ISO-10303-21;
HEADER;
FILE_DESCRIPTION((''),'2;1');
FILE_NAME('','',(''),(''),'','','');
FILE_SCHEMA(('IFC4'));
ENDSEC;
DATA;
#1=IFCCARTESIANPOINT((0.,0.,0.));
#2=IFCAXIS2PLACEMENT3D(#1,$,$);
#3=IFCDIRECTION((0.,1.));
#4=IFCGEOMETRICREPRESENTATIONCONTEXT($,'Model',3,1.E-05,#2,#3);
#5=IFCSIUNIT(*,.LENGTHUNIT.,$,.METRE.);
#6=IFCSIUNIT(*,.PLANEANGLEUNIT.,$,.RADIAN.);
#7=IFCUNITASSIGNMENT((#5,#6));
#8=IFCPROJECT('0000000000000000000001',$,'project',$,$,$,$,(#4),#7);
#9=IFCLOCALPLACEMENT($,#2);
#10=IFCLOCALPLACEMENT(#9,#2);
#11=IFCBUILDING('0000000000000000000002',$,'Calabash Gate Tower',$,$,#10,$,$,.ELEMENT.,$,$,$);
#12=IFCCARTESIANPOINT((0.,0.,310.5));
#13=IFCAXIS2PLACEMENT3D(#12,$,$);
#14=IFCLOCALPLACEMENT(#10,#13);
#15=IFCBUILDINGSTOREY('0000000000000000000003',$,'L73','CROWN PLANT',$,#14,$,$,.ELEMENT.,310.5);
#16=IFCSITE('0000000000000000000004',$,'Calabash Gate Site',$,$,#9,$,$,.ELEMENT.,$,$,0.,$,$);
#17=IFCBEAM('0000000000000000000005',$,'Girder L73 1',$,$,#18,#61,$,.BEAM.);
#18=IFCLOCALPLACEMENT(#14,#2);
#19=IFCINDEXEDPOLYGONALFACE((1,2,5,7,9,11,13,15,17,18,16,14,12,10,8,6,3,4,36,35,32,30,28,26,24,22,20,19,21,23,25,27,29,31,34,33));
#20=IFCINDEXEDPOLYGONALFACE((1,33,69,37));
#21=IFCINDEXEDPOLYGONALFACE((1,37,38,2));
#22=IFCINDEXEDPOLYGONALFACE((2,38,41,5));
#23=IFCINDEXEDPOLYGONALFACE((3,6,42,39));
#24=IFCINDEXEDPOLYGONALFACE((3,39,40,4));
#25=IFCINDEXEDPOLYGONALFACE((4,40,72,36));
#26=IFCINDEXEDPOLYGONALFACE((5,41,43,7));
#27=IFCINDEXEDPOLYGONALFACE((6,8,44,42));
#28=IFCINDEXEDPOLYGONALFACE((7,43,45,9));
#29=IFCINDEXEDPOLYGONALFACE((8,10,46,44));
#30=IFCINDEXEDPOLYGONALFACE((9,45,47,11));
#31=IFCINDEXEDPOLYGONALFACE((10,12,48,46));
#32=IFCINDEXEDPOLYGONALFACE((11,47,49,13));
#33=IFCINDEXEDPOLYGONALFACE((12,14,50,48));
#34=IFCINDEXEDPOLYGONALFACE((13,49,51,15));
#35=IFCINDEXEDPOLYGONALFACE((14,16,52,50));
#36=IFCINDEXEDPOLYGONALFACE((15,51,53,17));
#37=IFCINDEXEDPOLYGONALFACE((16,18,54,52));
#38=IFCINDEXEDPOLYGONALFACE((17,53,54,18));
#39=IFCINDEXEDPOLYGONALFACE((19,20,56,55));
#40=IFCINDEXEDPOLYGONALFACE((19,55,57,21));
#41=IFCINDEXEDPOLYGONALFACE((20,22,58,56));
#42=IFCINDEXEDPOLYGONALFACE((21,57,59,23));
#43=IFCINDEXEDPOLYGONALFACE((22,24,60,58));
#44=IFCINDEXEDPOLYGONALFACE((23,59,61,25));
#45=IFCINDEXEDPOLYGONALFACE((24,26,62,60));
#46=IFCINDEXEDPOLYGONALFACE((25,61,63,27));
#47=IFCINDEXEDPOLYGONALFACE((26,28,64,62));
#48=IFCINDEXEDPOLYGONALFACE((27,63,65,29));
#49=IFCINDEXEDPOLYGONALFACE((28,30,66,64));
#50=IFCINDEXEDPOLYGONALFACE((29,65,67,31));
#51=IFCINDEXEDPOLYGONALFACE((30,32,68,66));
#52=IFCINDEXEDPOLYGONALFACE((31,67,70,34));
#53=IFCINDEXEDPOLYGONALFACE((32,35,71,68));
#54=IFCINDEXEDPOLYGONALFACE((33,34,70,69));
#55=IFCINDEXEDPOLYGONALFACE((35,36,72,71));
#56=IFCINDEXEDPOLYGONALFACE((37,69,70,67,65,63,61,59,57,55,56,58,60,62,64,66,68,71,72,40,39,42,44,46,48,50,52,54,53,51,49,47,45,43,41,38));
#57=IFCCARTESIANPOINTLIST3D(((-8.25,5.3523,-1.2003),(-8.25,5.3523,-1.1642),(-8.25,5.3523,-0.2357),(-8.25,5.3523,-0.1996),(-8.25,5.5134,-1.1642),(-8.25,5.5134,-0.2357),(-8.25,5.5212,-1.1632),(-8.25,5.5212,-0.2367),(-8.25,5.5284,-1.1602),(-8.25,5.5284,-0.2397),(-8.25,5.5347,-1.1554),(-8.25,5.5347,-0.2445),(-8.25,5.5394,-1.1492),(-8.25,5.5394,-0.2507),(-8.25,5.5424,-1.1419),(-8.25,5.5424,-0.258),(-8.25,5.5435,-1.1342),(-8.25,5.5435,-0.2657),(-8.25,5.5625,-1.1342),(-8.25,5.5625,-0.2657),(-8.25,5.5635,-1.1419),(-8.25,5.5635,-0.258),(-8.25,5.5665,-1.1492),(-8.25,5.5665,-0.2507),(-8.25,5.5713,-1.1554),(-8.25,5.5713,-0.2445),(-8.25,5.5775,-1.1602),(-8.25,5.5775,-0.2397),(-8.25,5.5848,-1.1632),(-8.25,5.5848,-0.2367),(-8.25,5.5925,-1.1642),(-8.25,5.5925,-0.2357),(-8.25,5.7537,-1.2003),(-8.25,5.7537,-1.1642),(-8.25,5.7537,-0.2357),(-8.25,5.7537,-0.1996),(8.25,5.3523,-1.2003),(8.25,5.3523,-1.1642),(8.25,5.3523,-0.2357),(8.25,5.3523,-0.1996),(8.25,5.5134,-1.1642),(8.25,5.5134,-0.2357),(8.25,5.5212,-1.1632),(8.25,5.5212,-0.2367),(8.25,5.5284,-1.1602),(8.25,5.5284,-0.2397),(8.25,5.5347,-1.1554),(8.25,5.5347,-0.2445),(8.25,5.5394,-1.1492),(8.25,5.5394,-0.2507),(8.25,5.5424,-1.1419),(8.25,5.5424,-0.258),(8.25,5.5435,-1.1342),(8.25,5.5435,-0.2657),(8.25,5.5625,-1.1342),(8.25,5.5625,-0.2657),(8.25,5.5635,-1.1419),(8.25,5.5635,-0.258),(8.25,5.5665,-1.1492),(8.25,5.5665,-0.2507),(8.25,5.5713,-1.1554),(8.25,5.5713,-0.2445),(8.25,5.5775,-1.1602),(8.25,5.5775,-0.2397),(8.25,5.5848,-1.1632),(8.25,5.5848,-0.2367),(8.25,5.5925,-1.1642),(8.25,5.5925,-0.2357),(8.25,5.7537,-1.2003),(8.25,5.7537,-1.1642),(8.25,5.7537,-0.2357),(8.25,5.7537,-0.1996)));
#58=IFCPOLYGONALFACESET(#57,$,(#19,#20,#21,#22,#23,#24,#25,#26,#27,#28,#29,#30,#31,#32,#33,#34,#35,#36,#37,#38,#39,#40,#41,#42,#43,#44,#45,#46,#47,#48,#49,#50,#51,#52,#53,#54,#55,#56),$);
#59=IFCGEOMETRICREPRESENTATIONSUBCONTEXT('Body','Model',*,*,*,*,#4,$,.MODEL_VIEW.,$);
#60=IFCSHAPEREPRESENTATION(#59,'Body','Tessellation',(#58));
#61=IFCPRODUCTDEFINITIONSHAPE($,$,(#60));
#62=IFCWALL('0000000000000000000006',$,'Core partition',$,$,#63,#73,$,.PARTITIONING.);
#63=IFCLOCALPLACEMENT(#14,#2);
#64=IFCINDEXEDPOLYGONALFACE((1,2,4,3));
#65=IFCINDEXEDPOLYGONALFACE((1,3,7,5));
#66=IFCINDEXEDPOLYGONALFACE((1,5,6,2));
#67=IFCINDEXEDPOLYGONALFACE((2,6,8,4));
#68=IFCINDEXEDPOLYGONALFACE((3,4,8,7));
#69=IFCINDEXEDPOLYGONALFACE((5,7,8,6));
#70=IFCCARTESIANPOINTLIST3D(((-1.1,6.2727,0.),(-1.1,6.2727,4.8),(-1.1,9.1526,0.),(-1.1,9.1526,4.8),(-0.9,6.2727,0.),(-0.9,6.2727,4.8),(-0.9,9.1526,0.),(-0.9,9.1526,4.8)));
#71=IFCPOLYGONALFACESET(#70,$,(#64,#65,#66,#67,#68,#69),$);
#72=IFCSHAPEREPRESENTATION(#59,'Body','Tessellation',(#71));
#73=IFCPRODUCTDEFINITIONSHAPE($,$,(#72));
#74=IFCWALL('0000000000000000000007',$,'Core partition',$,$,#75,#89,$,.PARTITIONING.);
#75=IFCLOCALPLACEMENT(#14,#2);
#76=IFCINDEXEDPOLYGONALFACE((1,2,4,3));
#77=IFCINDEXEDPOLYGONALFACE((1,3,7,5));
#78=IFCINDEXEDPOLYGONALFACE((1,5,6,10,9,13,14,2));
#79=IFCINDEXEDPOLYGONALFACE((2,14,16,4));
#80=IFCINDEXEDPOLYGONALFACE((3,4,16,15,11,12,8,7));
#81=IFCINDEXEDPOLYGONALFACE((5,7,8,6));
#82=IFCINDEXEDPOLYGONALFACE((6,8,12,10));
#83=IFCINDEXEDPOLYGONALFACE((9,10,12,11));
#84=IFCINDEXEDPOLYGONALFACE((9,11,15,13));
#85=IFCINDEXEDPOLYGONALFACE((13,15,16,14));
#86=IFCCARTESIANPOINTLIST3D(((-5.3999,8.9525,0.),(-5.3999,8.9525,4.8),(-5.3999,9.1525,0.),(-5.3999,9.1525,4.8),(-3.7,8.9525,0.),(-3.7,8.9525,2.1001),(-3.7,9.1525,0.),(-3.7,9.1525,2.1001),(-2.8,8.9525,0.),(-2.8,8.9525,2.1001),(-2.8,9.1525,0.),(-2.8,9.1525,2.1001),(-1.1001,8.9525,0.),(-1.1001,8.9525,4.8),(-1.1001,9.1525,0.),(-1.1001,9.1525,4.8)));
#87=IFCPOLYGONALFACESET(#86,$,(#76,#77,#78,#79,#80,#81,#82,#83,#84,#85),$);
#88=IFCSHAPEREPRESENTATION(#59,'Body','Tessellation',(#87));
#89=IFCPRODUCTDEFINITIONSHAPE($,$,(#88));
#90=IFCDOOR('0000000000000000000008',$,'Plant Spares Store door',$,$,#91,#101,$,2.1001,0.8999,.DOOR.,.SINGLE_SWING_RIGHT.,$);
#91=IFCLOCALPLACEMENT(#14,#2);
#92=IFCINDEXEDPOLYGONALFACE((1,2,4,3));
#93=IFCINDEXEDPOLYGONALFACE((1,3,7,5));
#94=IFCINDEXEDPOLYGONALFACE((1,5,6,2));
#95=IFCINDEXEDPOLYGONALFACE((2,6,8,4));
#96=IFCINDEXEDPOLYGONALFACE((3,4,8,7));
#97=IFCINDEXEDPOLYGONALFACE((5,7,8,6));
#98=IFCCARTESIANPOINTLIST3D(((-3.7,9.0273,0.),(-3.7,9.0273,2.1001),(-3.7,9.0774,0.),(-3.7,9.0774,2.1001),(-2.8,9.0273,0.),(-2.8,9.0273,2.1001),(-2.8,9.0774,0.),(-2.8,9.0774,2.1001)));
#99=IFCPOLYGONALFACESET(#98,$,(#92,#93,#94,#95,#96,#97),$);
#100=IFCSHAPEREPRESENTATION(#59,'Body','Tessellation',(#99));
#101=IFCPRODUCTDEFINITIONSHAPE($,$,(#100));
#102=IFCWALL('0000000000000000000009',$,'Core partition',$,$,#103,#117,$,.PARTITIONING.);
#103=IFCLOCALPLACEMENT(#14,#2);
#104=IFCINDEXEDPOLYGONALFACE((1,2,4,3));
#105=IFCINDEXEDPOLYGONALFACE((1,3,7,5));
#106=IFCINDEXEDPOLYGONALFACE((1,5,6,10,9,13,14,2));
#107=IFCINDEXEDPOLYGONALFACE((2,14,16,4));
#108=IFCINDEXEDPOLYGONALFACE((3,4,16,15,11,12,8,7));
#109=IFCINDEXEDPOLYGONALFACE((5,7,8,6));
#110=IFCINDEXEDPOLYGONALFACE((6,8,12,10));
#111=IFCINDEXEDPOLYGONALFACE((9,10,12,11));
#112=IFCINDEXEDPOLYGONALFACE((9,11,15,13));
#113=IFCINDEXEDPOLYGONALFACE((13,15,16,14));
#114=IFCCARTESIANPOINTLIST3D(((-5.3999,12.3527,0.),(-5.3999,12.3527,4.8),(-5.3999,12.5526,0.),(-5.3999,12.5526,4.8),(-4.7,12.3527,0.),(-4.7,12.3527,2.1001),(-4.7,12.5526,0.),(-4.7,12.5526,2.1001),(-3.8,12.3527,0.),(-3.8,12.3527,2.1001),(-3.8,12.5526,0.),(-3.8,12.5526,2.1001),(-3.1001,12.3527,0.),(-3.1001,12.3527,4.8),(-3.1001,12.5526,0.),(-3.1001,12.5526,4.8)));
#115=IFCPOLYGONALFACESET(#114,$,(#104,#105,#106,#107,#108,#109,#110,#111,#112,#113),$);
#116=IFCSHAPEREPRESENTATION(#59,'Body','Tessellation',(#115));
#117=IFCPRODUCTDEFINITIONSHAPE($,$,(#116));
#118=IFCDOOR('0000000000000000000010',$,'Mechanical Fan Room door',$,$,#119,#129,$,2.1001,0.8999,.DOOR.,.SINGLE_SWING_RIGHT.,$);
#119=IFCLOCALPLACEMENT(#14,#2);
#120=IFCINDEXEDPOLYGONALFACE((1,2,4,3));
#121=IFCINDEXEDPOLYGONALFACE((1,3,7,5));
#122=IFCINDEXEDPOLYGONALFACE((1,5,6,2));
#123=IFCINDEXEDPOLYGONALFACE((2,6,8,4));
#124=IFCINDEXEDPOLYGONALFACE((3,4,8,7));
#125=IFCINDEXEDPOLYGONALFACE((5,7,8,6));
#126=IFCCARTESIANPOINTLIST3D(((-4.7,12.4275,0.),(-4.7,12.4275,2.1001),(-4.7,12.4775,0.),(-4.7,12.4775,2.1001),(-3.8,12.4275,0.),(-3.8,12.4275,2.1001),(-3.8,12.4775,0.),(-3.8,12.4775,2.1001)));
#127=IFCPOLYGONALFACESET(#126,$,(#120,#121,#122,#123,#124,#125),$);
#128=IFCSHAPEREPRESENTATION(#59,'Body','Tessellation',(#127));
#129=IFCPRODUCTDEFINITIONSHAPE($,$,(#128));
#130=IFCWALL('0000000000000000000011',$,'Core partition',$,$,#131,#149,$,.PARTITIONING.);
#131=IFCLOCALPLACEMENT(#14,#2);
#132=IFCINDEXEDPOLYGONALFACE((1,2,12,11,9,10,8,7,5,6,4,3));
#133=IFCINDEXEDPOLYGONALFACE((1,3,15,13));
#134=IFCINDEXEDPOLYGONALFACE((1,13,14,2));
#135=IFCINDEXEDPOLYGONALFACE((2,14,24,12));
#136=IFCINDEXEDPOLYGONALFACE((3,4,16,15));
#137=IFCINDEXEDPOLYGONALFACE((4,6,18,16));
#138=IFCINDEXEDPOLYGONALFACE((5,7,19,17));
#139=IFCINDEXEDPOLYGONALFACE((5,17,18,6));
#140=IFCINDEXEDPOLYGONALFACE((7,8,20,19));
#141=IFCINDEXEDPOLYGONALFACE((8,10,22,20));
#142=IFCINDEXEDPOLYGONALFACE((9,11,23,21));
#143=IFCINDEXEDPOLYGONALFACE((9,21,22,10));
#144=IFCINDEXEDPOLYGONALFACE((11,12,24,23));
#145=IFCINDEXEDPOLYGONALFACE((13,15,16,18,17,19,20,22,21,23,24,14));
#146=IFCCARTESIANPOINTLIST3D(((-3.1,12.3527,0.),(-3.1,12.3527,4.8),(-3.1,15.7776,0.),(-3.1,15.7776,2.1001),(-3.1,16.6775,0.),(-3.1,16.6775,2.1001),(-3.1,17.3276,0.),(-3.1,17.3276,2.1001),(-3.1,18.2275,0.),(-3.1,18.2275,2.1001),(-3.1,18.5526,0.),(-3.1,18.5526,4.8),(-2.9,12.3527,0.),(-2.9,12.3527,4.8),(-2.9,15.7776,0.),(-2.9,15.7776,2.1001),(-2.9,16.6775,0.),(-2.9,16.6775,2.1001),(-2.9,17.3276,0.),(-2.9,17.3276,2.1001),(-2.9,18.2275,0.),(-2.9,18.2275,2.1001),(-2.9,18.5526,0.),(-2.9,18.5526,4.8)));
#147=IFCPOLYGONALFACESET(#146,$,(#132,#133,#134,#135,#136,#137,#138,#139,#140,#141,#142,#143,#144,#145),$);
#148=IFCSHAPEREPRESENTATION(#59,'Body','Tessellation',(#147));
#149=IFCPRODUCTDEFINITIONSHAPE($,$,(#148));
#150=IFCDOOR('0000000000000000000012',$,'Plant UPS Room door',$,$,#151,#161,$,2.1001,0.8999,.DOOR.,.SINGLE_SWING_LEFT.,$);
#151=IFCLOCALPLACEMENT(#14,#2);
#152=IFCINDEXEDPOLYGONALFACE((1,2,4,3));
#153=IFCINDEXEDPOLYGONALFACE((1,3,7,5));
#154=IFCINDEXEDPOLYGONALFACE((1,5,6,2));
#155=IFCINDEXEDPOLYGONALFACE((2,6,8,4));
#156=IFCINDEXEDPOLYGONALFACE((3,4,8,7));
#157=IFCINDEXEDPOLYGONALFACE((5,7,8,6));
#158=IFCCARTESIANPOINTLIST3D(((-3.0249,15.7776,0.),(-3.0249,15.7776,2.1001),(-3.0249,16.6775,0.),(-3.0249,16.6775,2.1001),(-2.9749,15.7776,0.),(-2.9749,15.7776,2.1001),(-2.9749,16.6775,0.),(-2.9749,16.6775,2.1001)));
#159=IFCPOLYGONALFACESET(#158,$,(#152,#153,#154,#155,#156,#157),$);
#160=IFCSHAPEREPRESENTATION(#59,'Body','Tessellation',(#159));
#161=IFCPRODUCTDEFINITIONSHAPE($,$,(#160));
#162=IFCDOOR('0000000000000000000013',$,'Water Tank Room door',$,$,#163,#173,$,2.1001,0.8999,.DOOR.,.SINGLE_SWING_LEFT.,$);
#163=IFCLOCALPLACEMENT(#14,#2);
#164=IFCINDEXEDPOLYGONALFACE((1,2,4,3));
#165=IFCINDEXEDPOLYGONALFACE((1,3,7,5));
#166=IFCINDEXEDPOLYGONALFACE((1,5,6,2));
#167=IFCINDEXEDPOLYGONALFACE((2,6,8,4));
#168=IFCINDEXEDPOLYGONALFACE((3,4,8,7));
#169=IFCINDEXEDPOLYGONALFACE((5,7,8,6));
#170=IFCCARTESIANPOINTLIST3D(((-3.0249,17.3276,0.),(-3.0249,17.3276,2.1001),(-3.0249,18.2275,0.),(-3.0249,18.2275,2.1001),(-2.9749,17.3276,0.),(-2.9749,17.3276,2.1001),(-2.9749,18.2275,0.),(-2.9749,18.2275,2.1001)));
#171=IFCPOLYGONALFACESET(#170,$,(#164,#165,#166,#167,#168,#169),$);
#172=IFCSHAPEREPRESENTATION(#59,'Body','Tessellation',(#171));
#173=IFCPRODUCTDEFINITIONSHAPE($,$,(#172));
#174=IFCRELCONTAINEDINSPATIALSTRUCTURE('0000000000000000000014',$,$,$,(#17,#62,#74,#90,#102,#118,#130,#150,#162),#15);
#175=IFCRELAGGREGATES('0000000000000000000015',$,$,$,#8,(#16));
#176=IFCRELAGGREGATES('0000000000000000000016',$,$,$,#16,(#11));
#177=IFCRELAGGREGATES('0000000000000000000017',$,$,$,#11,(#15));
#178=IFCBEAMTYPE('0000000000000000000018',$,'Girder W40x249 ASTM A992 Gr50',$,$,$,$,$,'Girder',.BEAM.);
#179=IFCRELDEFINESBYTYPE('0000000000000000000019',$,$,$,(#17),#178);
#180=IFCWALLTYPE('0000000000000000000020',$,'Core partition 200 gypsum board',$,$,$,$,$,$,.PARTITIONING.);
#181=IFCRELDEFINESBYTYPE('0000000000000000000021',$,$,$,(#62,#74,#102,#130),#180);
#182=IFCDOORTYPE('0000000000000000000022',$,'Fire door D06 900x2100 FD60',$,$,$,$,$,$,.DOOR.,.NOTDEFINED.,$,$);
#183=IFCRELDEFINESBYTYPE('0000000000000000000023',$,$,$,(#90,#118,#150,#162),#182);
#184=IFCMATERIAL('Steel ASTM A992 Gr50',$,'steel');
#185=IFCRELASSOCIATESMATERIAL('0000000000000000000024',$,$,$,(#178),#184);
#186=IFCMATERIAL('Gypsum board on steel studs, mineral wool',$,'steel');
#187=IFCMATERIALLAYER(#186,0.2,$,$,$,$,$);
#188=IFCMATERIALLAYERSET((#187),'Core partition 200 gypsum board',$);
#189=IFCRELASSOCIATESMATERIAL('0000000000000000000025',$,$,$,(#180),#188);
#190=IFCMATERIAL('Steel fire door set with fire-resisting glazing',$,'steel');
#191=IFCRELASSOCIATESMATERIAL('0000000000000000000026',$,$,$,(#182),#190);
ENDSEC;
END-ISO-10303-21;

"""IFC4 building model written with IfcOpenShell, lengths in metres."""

from ifc_helpers import new_model, si_unit, direction, frame, frame_2d, origin, origin_2d, place, context, subcontext, project, spatial, rectangle, i_section, extrude, material, layer, layer_set, material_profile, profile_set, type_object, element, fill, save


model = new_model("IFC4")

# Units and contexts
model_context = context("Model", 3, precision=1e-05, world=origin(), true_north=direction((0.0, 1.0)))
body_context = subcontext(model_context, "Body", "Model", "MODEL_VIEW")
ifc_project = project(units=[si_unit("LENGTHUNIT", "METRE"), si_unit("PLANEANGLEUNIT", "RADIAN")], contexts=[model_context])

# Site, building, storey
site_placement = place(None, origin())
site = spatial("IfcSite", under=ifc_project, at=site_placement, Name="Calabash Gate Site", CompositionType="ELEMENT", RefElevation=0.0)
building_placement = place(site_placement, origin())
building = spatial("IfcBuilding", under=site, at=building_placement, Name="Calabash Gate Tower", CompositionType="ELEMENT")
storey_placement = place(building_placement, frame((0.0, 0.0, 310.5)))
storey = spatial("IfcBuildingStorey", under=building, at=storey_placement, Name="L73", Description="CROWN PLANT", CompositionType="ELEMENT", Elevation=310.5)

# Beam
ifc_material_1 = material(Name="Steel ASTM A992 Gr50", Category="steel")
ifc_material_profile = material_profile(ifc_material_1, i_section(OverallWidth=0.4014, OverallDepth=1.0007, WebThickness=0.019, FlangeThickness=0.0361, FilletRadius=0.03, at=origin_2d()))
ifc_profile_set = profile_set([ifc_material_profile], Name="Steel ASTM A992 Gr50")
beam_type = type_object("IfcBeamType", Name="Girder W40x249 ASTM A992 Gr50", ElementType="Girder", PredefinedType="BEAM", material=ifc_profile_set)
beam_placement = place(storey_placement, frame((-8.25, 5.553, -0.7), z_axis=(1.0, 0.0, 0.0), x_axis=(0.0, 1.0, 0.0)))
element("IfcBeam", 1, at=beam_placement, inside=storey, type_object=beam_type, Name="Girder L73 1", PredefinedType="BEAM", context=body_context, shape_type="SweptSolid", body=[
    extrude(i_section(OverallWidth=0.4014, OverallDepth=1.0007, WebThickness=0.019, FlangeThickness=0.0361, FilletRadius=0.03, at=origin_2d()), origin(), (0.0, 0.0, 1.0), 16.5),
])

# Wall
ifc_material_2 = material(Name="Gypsum board on steel studs, mineral wool", Category="steel")
ifc_layer_1 = layer(ifc_material_2, 0.2)
ifc_layer_set_1 = layer_set([ifc_layer_1], Name="Core partition 200 gypsum board")
wall_type_1 = type_object("IfcWallType", Name="Core partition 200 gypsum board", PredefinedType="PARTITIONING", material=ifc_layer_set_1)
wall_1_placement = place(storey_placement, frame((-1.0, 6.2727, 0.0), z_axis=(0.0, 0.0, 1.0), x_axis=(0.0, 1.0, 0.0)))
element("IfcWall", 2, at=wall_1_placement, inside=storey, type_object=wall_type_1, Name="Core partition", PredefinedType="PARTITIONING", context=body_context, shape_type="SweptSolid", body=[
    extrude(rectangle(XDim=2.8799, YDim=0.2, at=frame_2d((1.4399, 0.0))), origin(), (0.0, 0.0, 1.0), 4.8),
])

# Walls, openings, doors
wall_2_placement = place(storey_placement, frame((-5.3999, 9.0525, 0.0), z_axis=(0.0, 0.0, 1.0), x_axis=(1.0, 0.0, 0.0)))
wall_2 = element("IfcWall", 3, at=wall_2_placement, inside=storey, type_object=wall_type_1, Name="Core partition", PredefinedType="PARTITIONING", context=body_context, shape_type="SweptSolid", body=[
    extrude(rectangle(XDim=4.2998, YDim=0.2, at=frame_2d((2.1499, 0.0))), origin(), (0.0, 0.0, 1.0), 4.8),
])
opening_1_placement = place(wall_2_placement, frame((1.7, 0.0, 0.0)))
opening_1 = element("IfcOpeningElement", 4, at=opening_1_placement, cuts=wall_2, PredefinedType="OPENING", context=body_context, shape_type="SweptSolid", body=[
    extrude(rectangle(XDim=0.8999, YDim=2.1001, at=frame_2d((0.45, 1.05))), frame((0.0, 0.1099, 0.0), z_axis=(0.0, -1.0, 0.0), x_axis=(1.0, 0.0, 0.0)), (0.0, 0.0, 1.0), 0.22),
])
ifc_material_3 = material(Name="Steel fire door set with fire-resisting glazing", Category="steel")
door_type_1 = type_object("IfcDoorType", Name="Fire door D06 900x2100 FD60", OperationType="NOTDEFINED", PredefinedType="DOOR", material=ifc_material_3)
door_1_placement = place(opening_1_placement, origin())
door_1 = element("IfcDoor", 5, at=door_1_placement, inside=storey, type_object=door_type_1, Name="Plant Spares Store door", OperationType="SINGLE_SWING_RIGHT", OverallHeight=2.1001, OverallWidth=0.8999, PredefinedType="DOOR", context=body_context, shape_type="SweptSolid", body=[
    extrude(rectangle(XDim=0.8999, YDim=2.1001, at=frame_2d((0.45, 1.05))), frame((0.0, 0.0249, 0.0), z_axis=(0.0, -1.0, 0.0), x_axis=(1.0, 0.0, 0.0)), (0.0, 0.0, 1.0), 0.05),
])
fill(opening_1, door_1)
wall_3_placement = place(storey_placement, frame((-5.3999, 12.4526, 0.0), z_axis=(0.0, 0.0, 1.0), x_axis=(1.0, 0.0, 0.0)))
wall_3 = element("IfcWall", 6, at=wall_3_placement, inside=storey, type_object=wall_type_1, Name="Core partition", PredefinedType="PARTITIONING", context=body_context, shape_type="SweptSolid", body=[
    extrude(rectangle(XDim=2.2998, YDim=0.2, at=frame_2d((1.1499, 0.0))), origin(), (0.0, 0.0, 1.0), 4.8),
])
opening_2_placement = place(wall_3_placement, frame((0.7, 0.0, 0.0)))
opening_2 = element("IfcOpeningElement", 7, at=opening_2_placement, cuts=wall_3, PredefinedType="OPENING", context=body_context, shape_type="SweptSolid", body=[
    extrude(rectangle(XDim=0.8999, YDim=2.1001, at=frame_2d((0.45, 1.05))), frame((0.0, 0.1099, 0.0), z_axis=(0.0, -1.0, 0.0), x_axis=(1.0, 0.0, 0.0)), (0.0, 0.0, 1.0), 0.22),
])
door_2_placement = place(opening_2_placement, origin())
door_2 = element("IfcDoor", 8, at=door_2_placement, inside=storey, type_object=door_type_1, Name="Mechanical Fan Room door", OperationType="SINGLE_SWING_RIGHT", OverallHeight=2.1001, OverallWidth=0.8999, PredefinedType="DOOR", context=body_context, shape_type="SweptSolid", body=[
    extrude(rectangle(XDim=0.8999, YDim=2.1001, at=frame_2d((0.45, 1.05))), frame((0.0, 0.0249, 0.0), z_axis=(0.0, -1.0, 0.0), x_axis=(1.0, 0.0, 0.0)), (0.0, 0.0, 1.0), 0.05),
])
fill(opening_2, door_2)

# Wall, openings, doors
wall_4_placement = place(storey_placement, frame((-3.0, 12.3525, 0.0), z_axis=(0.0, 0.0, 1.0), x_axis=(0.0, 1.0, 0.0)))
wall_4 = element("IfcWall", 9, at=wall_4_placement, inside=storey, type_object=wall_type_1, Name="Core partition", PredefinedType="PARTITIONING", context=body_context, shape_type="SweptSolid", body=[
    extrude(rectangle(XDim=6.2, YDim=0.2, at=frame_2d((3.1001, 0.0))), origin(), (0.0, 0.0, 1.0), 4.8),
])
opening_3_placement = place(wall_4_placement, frame((3.425, 0.0, 0.0)))
opening_3 = element("IfcOpeningElement", 10, at=opening_3_placement, cuts=wall_4, PredefinedType="OPENING", context=body_context, shape_type="SweptSolid", body=[
    extrude(rectangle(XDim=0.8999, YDim=2.1001, at=frame_2d((0.45, 1.05))), frame((0.0, 0.1099, 0.0), z_axis=(0.0, -1.0, 0.0), x_axis=(1.0, 0.0, 0.0)), (0.0, 0.0, 1.0), 0.22),
])
opening_4_placement = place(wall_4_placement, frame((4.9751, 0.0, 0.0)))
opening_4 = element("IfcOpeningElement", 11, at=opening_4_placement, cuts=wall_4, PredefinedType="OPENING", context=body_context, shape_type="SweptSolid", body=[
    extrude(rectangle(XDim=0.8999, YDim=2.1001, at=frame_2d((0.45, 1.05))), frame((0.0, 0.1099, 0.0), z_axis=(0.0, -1.0, 0.0), x_axis=(1.0, 0.0, 0.0)), (0.0, 0.0, 1.0), 0.22),
])
door_3_placement = place(opening_3_placement, origin())
door_3 = element("IfcDoor", 12, at=door_3_placement, inside=storey, type_object=door_type_1, Name="Plant UPS Room door", OperationType="SINGLE_SWING_LEFT", OverallHeight=2.1001, OverallWidth=0.8999, PredefinedType="DOOR", context=body_context, shape_type="SweptSolid", body=[
    extrude(rectangle(XDim=0.8999, YDim=2.1001, at=frame_2d((0.45, 1.05))), frame((0.0, 0.0249, 0.0), z_axis=(0.0, -1.0, 0.0), x_axis=(1.0, 0.0, 0.0)), (0.0, 0.0, 1.0), 0.05),
])
fill(opening_3, door_3)
door_4_placement = place(opening_4_placement, origin())
door_4 = element("IfcDoor", 13, at=door_4_placement, inside=storey, type_object=door_type_1, Name="Water Tank Room door", OperationType="SINGLE_SWING_LEFT", OverallHeight=2.1001, OverallWidth=0.8999, PredefinedType="DOOR", context=body_context, shape_type="SweptSolid", body=[
    extrude(rectangle(XDim=0.8999, YDim=2.1001, at=frame_2d((0.45, 1.05))), frame((0.0, 0.0249, 0.0), z_axis=(0.0, -1.0, 0.0), x_axis=(1.0, 0.0, 0.0)), (0.0, 0.0, 1.0), 0.05),
])
fill(opening_4, door_4)

save(model, "model.ifc")
